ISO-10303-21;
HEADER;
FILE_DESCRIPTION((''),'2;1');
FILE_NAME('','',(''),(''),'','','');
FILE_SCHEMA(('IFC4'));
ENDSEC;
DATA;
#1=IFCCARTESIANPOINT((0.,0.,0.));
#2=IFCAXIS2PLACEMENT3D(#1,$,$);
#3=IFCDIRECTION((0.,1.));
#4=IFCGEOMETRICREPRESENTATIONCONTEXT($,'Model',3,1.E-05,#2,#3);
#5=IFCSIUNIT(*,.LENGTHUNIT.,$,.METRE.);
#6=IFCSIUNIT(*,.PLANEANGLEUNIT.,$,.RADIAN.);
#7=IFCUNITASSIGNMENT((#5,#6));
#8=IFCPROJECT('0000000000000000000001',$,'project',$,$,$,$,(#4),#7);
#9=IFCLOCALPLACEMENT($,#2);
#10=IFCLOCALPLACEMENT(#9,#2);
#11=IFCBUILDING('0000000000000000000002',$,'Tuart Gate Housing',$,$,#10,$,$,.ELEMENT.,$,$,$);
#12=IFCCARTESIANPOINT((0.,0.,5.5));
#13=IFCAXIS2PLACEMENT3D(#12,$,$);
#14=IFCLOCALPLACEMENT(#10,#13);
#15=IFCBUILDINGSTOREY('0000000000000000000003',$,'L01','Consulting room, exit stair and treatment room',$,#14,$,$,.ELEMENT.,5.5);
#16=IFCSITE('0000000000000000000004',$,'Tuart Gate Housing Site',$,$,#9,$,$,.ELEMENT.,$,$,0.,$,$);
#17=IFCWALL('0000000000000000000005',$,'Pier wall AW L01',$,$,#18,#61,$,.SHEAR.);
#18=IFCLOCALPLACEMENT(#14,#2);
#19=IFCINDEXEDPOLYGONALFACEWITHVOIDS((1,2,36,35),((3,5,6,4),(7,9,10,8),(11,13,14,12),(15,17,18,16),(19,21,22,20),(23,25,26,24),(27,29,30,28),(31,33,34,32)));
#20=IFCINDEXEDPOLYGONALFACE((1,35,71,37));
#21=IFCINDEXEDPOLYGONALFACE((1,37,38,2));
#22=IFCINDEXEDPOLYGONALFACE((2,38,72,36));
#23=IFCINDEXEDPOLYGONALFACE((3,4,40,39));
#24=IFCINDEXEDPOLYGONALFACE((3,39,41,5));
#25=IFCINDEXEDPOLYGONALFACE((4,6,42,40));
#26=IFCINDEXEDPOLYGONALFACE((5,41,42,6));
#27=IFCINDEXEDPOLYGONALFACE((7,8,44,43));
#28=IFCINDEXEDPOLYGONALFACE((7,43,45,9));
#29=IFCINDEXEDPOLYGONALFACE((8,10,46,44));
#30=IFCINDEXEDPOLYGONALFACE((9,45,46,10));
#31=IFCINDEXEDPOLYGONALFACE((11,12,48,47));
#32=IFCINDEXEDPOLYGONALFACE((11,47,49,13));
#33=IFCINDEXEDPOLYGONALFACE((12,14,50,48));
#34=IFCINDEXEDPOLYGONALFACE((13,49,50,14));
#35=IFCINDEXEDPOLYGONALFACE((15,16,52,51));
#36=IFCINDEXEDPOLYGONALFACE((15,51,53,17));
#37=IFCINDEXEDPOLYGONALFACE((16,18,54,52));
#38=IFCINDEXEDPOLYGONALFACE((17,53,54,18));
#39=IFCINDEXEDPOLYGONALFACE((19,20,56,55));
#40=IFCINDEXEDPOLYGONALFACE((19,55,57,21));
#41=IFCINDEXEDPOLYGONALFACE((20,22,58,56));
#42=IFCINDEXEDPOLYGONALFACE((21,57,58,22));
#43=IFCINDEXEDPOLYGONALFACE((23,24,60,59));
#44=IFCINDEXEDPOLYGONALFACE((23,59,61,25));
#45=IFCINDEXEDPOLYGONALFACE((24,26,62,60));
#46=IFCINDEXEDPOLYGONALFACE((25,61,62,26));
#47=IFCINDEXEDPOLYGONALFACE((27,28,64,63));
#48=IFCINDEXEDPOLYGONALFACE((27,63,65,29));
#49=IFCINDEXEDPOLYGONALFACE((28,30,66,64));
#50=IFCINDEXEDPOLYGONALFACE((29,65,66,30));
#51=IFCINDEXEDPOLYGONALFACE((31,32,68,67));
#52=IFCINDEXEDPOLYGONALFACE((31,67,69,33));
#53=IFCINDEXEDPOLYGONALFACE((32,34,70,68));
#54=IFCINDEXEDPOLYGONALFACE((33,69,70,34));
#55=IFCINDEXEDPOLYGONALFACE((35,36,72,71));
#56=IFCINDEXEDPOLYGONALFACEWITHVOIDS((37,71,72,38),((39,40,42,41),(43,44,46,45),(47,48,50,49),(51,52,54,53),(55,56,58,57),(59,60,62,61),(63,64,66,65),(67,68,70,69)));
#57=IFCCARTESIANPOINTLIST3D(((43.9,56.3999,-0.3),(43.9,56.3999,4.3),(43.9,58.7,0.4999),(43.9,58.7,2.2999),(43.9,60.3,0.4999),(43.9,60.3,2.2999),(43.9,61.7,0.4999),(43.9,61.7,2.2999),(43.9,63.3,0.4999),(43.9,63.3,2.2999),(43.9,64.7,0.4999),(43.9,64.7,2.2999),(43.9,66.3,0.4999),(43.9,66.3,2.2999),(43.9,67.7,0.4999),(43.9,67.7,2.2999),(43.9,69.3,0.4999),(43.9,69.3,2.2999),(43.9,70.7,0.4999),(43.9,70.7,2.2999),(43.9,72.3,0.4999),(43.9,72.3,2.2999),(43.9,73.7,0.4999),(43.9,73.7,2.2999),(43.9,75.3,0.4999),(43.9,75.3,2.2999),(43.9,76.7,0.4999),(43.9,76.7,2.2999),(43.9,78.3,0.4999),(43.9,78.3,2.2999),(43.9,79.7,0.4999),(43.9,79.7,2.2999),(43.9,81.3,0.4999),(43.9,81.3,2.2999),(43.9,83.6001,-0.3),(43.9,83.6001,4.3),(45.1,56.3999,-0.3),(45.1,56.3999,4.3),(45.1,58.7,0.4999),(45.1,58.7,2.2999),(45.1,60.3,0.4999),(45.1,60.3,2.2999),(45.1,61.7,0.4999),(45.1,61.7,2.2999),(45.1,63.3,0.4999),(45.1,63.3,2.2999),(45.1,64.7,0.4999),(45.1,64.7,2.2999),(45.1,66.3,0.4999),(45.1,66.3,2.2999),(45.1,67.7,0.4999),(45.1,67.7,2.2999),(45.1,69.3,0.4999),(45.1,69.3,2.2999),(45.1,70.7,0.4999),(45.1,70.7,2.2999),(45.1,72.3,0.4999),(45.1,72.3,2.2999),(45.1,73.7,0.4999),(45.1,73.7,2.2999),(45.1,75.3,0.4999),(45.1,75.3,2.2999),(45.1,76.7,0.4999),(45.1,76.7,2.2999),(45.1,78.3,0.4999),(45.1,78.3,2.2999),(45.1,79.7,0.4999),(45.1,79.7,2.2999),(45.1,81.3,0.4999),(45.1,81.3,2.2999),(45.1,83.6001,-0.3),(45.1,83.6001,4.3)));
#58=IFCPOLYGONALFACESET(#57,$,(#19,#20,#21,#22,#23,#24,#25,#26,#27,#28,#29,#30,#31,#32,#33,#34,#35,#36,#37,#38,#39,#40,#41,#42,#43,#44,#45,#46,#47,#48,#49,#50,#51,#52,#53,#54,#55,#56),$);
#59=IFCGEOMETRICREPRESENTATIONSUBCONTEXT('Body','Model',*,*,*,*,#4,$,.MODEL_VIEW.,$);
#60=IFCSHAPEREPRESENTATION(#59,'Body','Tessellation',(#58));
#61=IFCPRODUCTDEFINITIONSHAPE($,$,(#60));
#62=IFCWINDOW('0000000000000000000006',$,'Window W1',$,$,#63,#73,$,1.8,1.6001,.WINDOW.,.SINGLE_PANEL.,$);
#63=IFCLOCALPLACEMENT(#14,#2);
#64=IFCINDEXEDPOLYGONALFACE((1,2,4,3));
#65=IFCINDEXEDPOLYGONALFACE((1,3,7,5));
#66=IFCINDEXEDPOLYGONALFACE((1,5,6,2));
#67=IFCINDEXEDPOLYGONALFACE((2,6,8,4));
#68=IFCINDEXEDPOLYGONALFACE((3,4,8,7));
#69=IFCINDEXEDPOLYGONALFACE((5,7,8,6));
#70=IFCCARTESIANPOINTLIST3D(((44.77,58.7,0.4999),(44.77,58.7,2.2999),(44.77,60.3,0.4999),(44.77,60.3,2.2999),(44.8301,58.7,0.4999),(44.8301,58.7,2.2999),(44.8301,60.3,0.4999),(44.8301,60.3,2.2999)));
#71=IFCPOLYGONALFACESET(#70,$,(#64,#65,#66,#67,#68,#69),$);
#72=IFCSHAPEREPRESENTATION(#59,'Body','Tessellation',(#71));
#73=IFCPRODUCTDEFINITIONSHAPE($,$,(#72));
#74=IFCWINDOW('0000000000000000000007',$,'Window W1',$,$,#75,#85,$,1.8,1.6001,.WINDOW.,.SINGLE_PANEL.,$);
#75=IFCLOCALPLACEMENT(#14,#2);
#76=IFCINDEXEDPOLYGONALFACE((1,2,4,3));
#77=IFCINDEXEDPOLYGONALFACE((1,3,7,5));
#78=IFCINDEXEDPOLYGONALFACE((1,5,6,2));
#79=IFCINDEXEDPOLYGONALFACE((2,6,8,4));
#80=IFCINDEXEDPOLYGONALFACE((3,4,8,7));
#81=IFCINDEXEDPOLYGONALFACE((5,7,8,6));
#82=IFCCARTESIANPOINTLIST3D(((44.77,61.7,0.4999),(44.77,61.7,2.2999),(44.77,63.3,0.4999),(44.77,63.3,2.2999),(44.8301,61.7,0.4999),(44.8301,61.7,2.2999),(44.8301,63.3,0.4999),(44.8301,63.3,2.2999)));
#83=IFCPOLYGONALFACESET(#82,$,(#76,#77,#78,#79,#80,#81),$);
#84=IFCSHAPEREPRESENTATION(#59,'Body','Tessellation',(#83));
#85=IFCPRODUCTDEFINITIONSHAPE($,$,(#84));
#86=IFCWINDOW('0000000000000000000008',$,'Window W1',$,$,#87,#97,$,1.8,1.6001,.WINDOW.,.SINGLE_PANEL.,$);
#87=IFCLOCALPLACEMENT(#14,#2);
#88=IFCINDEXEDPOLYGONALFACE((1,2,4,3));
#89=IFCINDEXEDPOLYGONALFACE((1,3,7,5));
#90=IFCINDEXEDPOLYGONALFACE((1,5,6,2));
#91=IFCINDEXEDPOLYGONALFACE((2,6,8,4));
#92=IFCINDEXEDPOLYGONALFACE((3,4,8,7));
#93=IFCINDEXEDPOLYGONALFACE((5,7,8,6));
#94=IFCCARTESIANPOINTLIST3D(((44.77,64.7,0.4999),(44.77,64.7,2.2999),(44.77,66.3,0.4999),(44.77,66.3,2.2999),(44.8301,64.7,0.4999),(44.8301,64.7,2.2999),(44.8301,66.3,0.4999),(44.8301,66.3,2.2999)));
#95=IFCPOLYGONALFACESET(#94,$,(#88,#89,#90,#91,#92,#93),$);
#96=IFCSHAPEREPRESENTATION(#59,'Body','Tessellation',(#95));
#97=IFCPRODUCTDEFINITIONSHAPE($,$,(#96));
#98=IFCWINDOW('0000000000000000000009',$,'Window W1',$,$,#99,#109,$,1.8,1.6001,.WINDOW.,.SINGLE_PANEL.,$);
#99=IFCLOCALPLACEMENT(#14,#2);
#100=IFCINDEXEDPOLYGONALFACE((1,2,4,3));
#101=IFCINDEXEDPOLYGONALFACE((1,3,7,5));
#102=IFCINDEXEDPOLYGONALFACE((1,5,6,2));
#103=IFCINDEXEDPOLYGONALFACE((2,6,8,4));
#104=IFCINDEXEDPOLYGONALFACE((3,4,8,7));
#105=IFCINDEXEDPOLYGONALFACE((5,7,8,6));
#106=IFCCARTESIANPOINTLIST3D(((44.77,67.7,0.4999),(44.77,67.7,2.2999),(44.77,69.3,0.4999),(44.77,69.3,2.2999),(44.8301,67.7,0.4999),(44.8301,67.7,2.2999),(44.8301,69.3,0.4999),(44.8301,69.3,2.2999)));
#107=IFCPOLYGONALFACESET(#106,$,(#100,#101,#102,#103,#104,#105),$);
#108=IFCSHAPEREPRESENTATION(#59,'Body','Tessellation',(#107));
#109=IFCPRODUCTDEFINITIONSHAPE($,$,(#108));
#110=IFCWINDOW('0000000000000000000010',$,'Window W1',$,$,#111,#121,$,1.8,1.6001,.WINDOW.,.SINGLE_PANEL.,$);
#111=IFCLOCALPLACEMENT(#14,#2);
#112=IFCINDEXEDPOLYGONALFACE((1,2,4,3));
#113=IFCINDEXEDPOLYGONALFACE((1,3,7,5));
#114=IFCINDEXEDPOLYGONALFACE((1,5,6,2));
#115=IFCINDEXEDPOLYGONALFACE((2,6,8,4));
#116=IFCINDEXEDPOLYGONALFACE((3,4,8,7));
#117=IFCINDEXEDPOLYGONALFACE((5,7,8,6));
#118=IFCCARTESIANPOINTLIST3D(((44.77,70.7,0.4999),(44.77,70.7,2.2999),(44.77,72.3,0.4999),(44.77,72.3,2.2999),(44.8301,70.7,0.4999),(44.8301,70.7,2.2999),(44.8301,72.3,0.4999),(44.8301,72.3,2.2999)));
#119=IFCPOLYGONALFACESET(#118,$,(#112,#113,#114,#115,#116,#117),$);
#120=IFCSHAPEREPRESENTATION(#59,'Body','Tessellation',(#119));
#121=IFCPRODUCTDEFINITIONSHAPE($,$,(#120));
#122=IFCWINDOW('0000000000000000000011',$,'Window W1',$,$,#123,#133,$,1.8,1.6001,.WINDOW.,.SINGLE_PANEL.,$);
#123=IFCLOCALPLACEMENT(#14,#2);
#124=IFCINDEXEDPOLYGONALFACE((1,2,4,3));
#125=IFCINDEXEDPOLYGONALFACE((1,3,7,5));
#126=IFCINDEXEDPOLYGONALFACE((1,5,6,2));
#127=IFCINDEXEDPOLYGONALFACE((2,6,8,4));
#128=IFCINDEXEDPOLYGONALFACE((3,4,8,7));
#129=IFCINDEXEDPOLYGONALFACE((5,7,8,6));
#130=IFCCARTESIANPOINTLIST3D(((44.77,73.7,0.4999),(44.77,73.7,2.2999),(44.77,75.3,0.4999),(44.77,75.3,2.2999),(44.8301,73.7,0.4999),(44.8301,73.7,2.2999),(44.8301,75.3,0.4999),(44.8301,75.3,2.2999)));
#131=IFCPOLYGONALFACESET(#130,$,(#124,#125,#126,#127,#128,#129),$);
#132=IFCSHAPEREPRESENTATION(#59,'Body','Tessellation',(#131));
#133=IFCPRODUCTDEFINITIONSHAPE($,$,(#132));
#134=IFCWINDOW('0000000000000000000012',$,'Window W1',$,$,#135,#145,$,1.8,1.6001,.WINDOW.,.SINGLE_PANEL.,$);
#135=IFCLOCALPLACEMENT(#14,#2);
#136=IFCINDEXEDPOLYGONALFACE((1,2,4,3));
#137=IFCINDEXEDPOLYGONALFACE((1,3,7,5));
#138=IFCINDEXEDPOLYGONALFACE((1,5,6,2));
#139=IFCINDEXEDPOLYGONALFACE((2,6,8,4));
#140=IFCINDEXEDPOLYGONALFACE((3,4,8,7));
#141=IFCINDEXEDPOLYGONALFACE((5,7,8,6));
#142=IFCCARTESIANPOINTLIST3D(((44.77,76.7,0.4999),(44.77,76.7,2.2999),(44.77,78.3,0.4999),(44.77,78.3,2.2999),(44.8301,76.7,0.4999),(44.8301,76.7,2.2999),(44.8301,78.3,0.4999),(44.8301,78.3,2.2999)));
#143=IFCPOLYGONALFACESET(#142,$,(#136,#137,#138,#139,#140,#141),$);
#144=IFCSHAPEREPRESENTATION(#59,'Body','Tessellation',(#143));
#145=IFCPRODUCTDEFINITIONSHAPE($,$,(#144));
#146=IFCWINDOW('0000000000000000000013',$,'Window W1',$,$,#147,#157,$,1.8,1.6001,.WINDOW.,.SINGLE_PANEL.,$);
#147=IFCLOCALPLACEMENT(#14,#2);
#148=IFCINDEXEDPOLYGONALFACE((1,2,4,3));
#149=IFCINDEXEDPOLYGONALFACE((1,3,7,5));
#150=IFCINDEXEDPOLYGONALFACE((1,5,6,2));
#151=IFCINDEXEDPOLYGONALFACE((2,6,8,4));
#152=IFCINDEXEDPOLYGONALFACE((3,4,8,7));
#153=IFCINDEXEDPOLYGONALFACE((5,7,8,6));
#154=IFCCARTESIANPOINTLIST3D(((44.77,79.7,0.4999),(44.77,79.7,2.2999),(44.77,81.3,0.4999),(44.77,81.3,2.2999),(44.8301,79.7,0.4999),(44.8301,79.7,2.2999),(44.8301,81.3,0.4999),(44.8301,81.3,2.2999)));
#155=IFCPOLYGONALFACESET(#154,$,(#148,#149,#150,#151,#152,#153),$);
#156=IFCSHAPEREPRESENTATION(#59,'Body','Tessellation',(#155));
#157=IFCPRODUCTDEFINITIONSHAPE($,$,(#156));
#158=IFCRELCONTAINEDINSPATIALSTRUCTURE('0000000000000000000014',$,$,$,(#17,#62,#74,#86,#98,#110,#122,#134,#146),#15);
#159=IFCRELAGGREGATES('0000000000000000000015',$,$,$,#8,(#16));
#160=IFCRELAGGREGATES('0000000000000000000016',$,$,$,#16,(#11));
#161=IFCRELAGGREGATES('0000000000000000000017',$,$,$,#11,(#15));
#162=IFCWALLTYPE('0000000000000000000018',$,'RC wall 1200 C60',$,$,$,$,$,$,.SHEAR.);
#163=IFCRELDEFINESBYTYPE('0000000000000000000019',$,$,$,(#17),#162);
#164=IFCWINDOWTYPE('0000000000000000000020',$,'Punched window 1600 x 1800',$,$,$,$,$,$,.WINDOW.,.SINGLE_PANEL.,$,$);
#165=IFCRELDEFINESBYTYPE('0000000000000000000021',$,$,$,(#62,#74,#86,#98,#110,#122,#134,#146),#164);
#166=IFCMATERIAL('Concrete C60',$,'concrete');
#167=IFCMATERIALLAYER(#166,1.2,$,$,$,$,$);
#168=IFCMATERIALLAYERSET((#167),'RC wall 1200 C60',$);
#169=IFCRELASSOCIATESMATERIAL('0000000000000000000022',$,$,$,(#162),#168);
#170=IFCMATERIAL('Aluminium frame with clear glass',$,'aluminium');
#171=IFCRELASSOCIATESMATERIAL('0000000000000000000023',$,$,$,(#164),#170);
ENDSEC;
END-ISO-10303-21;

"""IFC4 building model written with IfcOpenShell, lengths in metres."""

from ifc_helpers import new_model, si_unit, direction, frame, frame_2d, origin, place, context, subcontext, project, spatial, rectangle, extrude, material, layer, layer_set, type_object, element, fill, save


model = new_model("IFC4")

# Units and contexts
model_context = context("Model", 3, precision=1e-05, world=origin(), true_north=direction((0.0, 1.0)))
body_context = subcontext(model_context, "Body", "Model", "MODEL_VIEW")
ifc_project = project(units=[si_unit("LENGTHUNIT", "METRE"), si_unit("PLANEANGLEUNIT", "RADIAN")], contexts=[model_context])

# Site, building, storey
site_placement = place(None, origin())
site = spatial("IfcSite", under=ifc_project, at=site_placement, Name="Tuart Gate Housing Site", CompositionType="ELEMENT", RefElevation=0.0)
building_placement = place(site_placement, origin())
building = spatial("IfcBuilding", under=site, at=building_placement, Name="Tuart Gate Housing", CompositionType="ELEMENT")
storey_placement = place(building_placement, frame((0.0, 0.0, 5.5)))
storey = spatial("IfcBuildingStorey", under=building, at=storey_placement, Name="L01", Description="Consulting room, exit stair and treatment room", CompositionType="ELEMENT", Elevation=5.5)

# Wall, openings, windows
ifc_material_1 = material(Name="Concrete C60", Category="concrete")
ifc_layer_1 = layer(ifc_material_1, 1.2)
ifc_layer_set_1 = layer_set([ifc_layer_1], Name="RC wall 1200 C60")
wall_type = type_object("IfcWallType", Name="RC wall 1200 C60", PredefinedType="SHEAR", material=ifc_layer_set_1)
wall_1_placement = place(storey_placement, frame((44.5, 56.3999, -0.3), z_axis=(0.0, 0.0, 1.0), x_axis=(0.0, 1.0, 0.0)))
wall_1 = element("IfcWall", 1, at=wall_1_placement, inside=storey, type_object=wall_type, Name="Pier wall AW L01", PredefinedType="SHEAR", context=body_context, shape_type="SweptSolid", body=[
    extrude(rectangle(XDim=27.2002, YDim=1.2, at=frame_2d((13.6001, 0.0))), origin(), (0.0, 0.0, 1.0), 4.6001),
])
opening_1_placement = place(wall_1_placement, frame((2.3, 0.0, 0.8)))
opening_1 = element("IfcOpeningElement", 2, at=opening_1_placement, cuts=wall_1, PredefinedType="OPENING", context=body_context, shape_type="SweptSolid", body=[
    extrude(rectangle(XDim=1.6001, YDim=1.8, at=frame_2d((0.8, 0.8999))), frame((0.0, 0.6099, 0.0), z_axis=(0.0, -1.0, 0.0), x_axis=(1.0, 0.0, 0.0)), (0.0, 0.0, 1.0), 1.22),
])
opening_2_placement = place(wall_1_placement, frame((5.3, 0.0, 0.8)))
opening_2 = element("IfcOpeningElement", 3, at=opening_2_placement, cuts=wall_1, PredefinedType="OPENING", context=body_context, shape_type="SweptSolid", body=[
    extrude(rectangle(XDim=1.6001, YDim=1.8, at=frame_2d((0.8, 0.8999))), frame((0.0, 0.6099, 0.0), z_axis=(0.0, -1.0, 0.0), x_axis=(1.0, 0.0, 0.0)), (0.0, 0.0, 1.0), 1.22),
])
opening_3_placement = place(wall_1_placement, frame((8.3, 0.0, 0.8)))
opening_3 = element("IfcOpeningElement", 4, at=opening_3_placement, cuts=wall_1, PredefinedType="OPENING", context=body_context, shape_type="SweptSolid", body=[
    extrude(rectangle(XDim=1.6001, YDim=1.8, at=frame_2d((0.8, 0.8999))), frame((0.0, 0.6099, 0.0), z_axis=(0.0, -1.0, 0.0), x_axis=(1.0, 0.0, 0.0)), (0.0, 0.0, 1.0), 1.22),
])
opening_4_placement = place(wall_1_placement, frame((11.3, 0.0, 0.8)))
opening_4 = element("IfcOpeningElement", 5, at=opening_4_placement, cuts=wall_1, PredefinedType="OPENING", context=body_context, shape_type="SweptSolid", body=[
    extrude(rectangle(XDim=1.6001, YDim=1.8, at=frame_2d((0.8, 0.8999))), frame((0.0, 0.6099, 0.0), z_axis=(0.0, -1.0, 0.0), x_axis=(1.0, 0.0, 0.0)), (0.0, 0.0, 1.0), 1.22),
])
opening_5_placement = place(wall_1_placement, frame((14.3, 0.0, 0.8)))
opening_5 = element("IfcOpeningElement", 6, at=opening_5_placement, cuts=wall_1, PredefinedType="OPENING", context=body_context, shape_type="SweptSolid", body=[
    extrude(rectangle(XDim=1.6001, YDim=1.8, at=frame_2d((0.8, 0.8999))), frame((0.0, 0.6099, 0.0), z_axis=(0.0, -1.0, 0.0), x_axis=(1.0, 0.0, 0.0)), (0.0, 0.0, 1.0), 1.22),
])
opening_6_placement = place(wall_1_placement, frame((17.3, 0.0, 0.8)))
opening_6 = element("IfcOpeningElement", 7, at=opening_6_placement, cuts=wall_1, PredefinedType="OPENING", context=body_context, shape_type="SweptSolid", body=[
    extrude(rectangle(XDim=1.6001, YDim=1.8, at=frame_2d((0.8, 0.8999))), frame((0.0, 0.6099, 0.0), z_axis=(0.0, -1.0, 0.0), x_axis=(1.0, 0.0, 0.0)), (0.0, 0.0, 1.0), 1.22),
])
opening_7_placement = place(wall_1_placement, frame((20.3, 0.0, 0.8)))
opening_7 = element("IfcOpeningElement", 8, at=opening_7_placement, cuts=wall_1, PredefinedType="OPENING", context=body_context, shape_type="SweptSolid", body=[
    extrude(rectangle(XDim=1.6001, YDim=1.8, at=frame_2d((0.8, 0.8999))), frame((0.0, 0.6099, 0.0), z_axis=(0.0, -1.0, 0.0), x_axis=(1.0, 0.0, 0.0)), (0.0, 0.0, 1.0), 1.22),
])
opening_8_placement = place(wall_1_placement, frame((23.3, 0.0, 0.8)))
opening_8 = element("IfcOpeningElement", 9, at=opening_8_placement, cuts=wall_1, PredefinedType="OPENING", context=body_context, shape_type="SweptSolid", body=[
    extrude(rectangle(XDim=1.6001, YDim=1.8, at=frame_2d((0.8, 0.8999))), frame((0.0, 0.6099, 0.0), z_axis=(0.0, -1.0, 0.0), x_axis=(1.0, 0.0, 0.0)), (0.0, 0.0, 1.0), 1.22),
])
ifc_material_2 = material(Name="Aluminium frame with clear glass", Category="aluminium")
window_type = type_object("IfcWindowType", Name="Punched window 1600 x 1800", PartitioningType="SINGLE_PANEL", PredefinedType="WINDOW", material=ifc_material_2)
window_1_placement = place(opening_1_placement, origin())
window_1 = element("IfcWindow", 10, at=window_1_placement, inside=storey, type_object=window_type, Name="Window W1", OverallHeight=1.8, OverallWidth=1.6001, PartitioningType="SINGLE_PANEL", PredefinedType="WINDOW", context=body_context, shape_type="SweptSolid", body=[
    extrude(rectangle(XDim=1.6001, YDim=1.8, at=frame_2d((0.8, 0.8999))), frame((0.0, -0.27, 0.0), z_axis=(0.0, -1.0, 0.0), x_axis=(1.0, 0.0, 0.0)), (0.0, 0.0, 1.0), 0.0601),
])
fill(opening_1, window_1)
window_2_placement = place(opening_2_placement, origin())
window_2 = element("IfcWindow", 11, at=window_2_placement, inside=storey, type_object=window_type, Name="Window W1", OverallHeight=1.8, OverallWidth=1.6001, PartitioningType="SINGLE_PANEL", PredefinedType="WINDOW", context=body_context, shape_type="SweptSolid", body=[
    extrude(rectangle(XDim=1.6001, YDim=1.8, at=frame_2d((0.8, 0.8999))), frame((0.0, -0.27, 0.0), z_axis=(0.0, -1.0, 0.0), x_axis=(1.0, 0.0, 0.0)), (0.0, 0.0, 1.0), 0.0601),
])
fill(opening_2, window_2)
window_3_placement = place(opening_3_placement, origin())
window_3 = element("IfcWindow", 12, at=window_3_placement, inside=storey, type_object=window_type, Name="Window W1", OverallHeight=1.8, OverallWidth=1.6001, PartitioningType="SINGLE_PANEL", PredefinedType="WINDOW", context=body_context, shape_type="SweptSolid", body=[
    extrude(rectangle(XDim=1.6001, YDim=1.8, at=frame_2d((0.8, 0.8999))), frame((0.0, -0.27, 0.0), z_axis=(0.0, -1.0, 0.0), x_axis=(1.0, 0.0, 0.0)), (0.0, 0.0, 1.0), 0.0601),
])
fill(opening_3, window_3)
window_4_placement = place(opening_4_placement, origin())
window_4 = element("IfcWindow", 13, at=window_4_placement, inside=storey, type_object=window_type, Name="Window W1", OverallHeight=1.8, OverallWidth=1.6001, PartitioningType="SINGLE_PANEL", PredefinedType="WINDOW", context=body_context, shape_type="SweptSolid", body=[
    extrude(rectangle(XDim=1.6001, YDim=1.8, at=frame_2d((0.8, 0.8999))), frame((0.0, -0.27, 0.0), z_axis=(0.0, -1.0, 0.0), x_axis=(1.0, 0.0, 0.0)), (0.0, 0.0, 1.0), 0.0601),
])
fill(opening_4, window_4)
window_5_placement = place(opening_5_placement, origin())
window_5 = element("IfcWindow", 14, at=window_5_placement, inside=storey, type_object=window_type, Name="Window W1", OverallHeight=1.8, OverallWidth=1.6001, PartitioningType="SINGLE_PANEL", PredefinedType="WINDOW", context=body_context, shape_type="SweptSolid", body=[
    extrude(rectangle(XDim=1.6001, YDim=1.8, at=frame_2d((0.8, 0.8999))), frame((0.0, -0.27, 0.0), z_axis=(0.0, -1.0, 0.0), x_axis=(1.0, 0.0, 0.0)), (0.0, 0.0, 1.0), 0.0601),
])
fill(opening_5, window_5)
window_6_placement = place(opening_6_placement, origin())
window_6 = element("IfcWindow", 15, at=window_6_placement, inside=storey, type_object=window_type, Name="Window W1", OverallHeight=1.8, OverallWidth=1.6001, PartitioningType="SINGLE_PANEL", PredefinedType="WINDOW", context=body_context, shape_type="SweptSolid", body=[
    extrude(rectangle(XDim=1.6001, YDim=1.8, at=frame_2d((0.8, 0.8999))), frame((0.0, -0.27, 0.0), z_axis=(0.0, -1.0, 0.0), x_axis=(1.0, 0.0, 0.0)), (0.0, 0.0, 1.0), 0.0601),
])
fill(opening_6, window_6)
window_7_placement = place(opening_7_placement, origin())
window_7 = element("IfcWindow", 16, at=window_7_placement, inside=storey, type_object=window_type, Name="Window W1", OverallHeight=1.8, OverallWidth=1.6001, PartitioningType="SINGLE_PANEL", PredefinedType="WINDOW", context=body_context, shape_type="SweptSolid", body=[
    extrude(rectangle(XDim=1.6001, YDim=1.8, at=frame_2d((0.8, 0.8999))), frame((0.0, -0.27, 0.0), z_axis=(0.0, -1.0, 0.0), x_axis=(1.0, 0.0, 0.0)), (0.0, 0.0, 1.0), 0.0601),
])
fill(opening_7, window_7)
window_8_placement = place(opening_8_placement, origin())
window_8 = element("IfcWindow", 17, at=window_8_placement, inside=storey, type_object=window_type, Name="Window W1", OverallHeight=1.8, OverallWidth=1.6001, PartitioningType="SINGLE_PANEL", PredefinedType="WINDOW", context=body_context, shape_type="SweptSolid", body=[
    extrude(rectangle(XDim=1.6001, YDim=1.8, at=frame_2d((0.8, 0.8999))), frame((0.0, -0.27, 0.0), z_axis=(0.0, -1.0, 0.0), x_axis=(1.0, 0.0, 0.0)), (0.0, 0.0, 1.0), 0.0601),
])
fill(opening_8, window_8)

save(model, "model.ifc")
